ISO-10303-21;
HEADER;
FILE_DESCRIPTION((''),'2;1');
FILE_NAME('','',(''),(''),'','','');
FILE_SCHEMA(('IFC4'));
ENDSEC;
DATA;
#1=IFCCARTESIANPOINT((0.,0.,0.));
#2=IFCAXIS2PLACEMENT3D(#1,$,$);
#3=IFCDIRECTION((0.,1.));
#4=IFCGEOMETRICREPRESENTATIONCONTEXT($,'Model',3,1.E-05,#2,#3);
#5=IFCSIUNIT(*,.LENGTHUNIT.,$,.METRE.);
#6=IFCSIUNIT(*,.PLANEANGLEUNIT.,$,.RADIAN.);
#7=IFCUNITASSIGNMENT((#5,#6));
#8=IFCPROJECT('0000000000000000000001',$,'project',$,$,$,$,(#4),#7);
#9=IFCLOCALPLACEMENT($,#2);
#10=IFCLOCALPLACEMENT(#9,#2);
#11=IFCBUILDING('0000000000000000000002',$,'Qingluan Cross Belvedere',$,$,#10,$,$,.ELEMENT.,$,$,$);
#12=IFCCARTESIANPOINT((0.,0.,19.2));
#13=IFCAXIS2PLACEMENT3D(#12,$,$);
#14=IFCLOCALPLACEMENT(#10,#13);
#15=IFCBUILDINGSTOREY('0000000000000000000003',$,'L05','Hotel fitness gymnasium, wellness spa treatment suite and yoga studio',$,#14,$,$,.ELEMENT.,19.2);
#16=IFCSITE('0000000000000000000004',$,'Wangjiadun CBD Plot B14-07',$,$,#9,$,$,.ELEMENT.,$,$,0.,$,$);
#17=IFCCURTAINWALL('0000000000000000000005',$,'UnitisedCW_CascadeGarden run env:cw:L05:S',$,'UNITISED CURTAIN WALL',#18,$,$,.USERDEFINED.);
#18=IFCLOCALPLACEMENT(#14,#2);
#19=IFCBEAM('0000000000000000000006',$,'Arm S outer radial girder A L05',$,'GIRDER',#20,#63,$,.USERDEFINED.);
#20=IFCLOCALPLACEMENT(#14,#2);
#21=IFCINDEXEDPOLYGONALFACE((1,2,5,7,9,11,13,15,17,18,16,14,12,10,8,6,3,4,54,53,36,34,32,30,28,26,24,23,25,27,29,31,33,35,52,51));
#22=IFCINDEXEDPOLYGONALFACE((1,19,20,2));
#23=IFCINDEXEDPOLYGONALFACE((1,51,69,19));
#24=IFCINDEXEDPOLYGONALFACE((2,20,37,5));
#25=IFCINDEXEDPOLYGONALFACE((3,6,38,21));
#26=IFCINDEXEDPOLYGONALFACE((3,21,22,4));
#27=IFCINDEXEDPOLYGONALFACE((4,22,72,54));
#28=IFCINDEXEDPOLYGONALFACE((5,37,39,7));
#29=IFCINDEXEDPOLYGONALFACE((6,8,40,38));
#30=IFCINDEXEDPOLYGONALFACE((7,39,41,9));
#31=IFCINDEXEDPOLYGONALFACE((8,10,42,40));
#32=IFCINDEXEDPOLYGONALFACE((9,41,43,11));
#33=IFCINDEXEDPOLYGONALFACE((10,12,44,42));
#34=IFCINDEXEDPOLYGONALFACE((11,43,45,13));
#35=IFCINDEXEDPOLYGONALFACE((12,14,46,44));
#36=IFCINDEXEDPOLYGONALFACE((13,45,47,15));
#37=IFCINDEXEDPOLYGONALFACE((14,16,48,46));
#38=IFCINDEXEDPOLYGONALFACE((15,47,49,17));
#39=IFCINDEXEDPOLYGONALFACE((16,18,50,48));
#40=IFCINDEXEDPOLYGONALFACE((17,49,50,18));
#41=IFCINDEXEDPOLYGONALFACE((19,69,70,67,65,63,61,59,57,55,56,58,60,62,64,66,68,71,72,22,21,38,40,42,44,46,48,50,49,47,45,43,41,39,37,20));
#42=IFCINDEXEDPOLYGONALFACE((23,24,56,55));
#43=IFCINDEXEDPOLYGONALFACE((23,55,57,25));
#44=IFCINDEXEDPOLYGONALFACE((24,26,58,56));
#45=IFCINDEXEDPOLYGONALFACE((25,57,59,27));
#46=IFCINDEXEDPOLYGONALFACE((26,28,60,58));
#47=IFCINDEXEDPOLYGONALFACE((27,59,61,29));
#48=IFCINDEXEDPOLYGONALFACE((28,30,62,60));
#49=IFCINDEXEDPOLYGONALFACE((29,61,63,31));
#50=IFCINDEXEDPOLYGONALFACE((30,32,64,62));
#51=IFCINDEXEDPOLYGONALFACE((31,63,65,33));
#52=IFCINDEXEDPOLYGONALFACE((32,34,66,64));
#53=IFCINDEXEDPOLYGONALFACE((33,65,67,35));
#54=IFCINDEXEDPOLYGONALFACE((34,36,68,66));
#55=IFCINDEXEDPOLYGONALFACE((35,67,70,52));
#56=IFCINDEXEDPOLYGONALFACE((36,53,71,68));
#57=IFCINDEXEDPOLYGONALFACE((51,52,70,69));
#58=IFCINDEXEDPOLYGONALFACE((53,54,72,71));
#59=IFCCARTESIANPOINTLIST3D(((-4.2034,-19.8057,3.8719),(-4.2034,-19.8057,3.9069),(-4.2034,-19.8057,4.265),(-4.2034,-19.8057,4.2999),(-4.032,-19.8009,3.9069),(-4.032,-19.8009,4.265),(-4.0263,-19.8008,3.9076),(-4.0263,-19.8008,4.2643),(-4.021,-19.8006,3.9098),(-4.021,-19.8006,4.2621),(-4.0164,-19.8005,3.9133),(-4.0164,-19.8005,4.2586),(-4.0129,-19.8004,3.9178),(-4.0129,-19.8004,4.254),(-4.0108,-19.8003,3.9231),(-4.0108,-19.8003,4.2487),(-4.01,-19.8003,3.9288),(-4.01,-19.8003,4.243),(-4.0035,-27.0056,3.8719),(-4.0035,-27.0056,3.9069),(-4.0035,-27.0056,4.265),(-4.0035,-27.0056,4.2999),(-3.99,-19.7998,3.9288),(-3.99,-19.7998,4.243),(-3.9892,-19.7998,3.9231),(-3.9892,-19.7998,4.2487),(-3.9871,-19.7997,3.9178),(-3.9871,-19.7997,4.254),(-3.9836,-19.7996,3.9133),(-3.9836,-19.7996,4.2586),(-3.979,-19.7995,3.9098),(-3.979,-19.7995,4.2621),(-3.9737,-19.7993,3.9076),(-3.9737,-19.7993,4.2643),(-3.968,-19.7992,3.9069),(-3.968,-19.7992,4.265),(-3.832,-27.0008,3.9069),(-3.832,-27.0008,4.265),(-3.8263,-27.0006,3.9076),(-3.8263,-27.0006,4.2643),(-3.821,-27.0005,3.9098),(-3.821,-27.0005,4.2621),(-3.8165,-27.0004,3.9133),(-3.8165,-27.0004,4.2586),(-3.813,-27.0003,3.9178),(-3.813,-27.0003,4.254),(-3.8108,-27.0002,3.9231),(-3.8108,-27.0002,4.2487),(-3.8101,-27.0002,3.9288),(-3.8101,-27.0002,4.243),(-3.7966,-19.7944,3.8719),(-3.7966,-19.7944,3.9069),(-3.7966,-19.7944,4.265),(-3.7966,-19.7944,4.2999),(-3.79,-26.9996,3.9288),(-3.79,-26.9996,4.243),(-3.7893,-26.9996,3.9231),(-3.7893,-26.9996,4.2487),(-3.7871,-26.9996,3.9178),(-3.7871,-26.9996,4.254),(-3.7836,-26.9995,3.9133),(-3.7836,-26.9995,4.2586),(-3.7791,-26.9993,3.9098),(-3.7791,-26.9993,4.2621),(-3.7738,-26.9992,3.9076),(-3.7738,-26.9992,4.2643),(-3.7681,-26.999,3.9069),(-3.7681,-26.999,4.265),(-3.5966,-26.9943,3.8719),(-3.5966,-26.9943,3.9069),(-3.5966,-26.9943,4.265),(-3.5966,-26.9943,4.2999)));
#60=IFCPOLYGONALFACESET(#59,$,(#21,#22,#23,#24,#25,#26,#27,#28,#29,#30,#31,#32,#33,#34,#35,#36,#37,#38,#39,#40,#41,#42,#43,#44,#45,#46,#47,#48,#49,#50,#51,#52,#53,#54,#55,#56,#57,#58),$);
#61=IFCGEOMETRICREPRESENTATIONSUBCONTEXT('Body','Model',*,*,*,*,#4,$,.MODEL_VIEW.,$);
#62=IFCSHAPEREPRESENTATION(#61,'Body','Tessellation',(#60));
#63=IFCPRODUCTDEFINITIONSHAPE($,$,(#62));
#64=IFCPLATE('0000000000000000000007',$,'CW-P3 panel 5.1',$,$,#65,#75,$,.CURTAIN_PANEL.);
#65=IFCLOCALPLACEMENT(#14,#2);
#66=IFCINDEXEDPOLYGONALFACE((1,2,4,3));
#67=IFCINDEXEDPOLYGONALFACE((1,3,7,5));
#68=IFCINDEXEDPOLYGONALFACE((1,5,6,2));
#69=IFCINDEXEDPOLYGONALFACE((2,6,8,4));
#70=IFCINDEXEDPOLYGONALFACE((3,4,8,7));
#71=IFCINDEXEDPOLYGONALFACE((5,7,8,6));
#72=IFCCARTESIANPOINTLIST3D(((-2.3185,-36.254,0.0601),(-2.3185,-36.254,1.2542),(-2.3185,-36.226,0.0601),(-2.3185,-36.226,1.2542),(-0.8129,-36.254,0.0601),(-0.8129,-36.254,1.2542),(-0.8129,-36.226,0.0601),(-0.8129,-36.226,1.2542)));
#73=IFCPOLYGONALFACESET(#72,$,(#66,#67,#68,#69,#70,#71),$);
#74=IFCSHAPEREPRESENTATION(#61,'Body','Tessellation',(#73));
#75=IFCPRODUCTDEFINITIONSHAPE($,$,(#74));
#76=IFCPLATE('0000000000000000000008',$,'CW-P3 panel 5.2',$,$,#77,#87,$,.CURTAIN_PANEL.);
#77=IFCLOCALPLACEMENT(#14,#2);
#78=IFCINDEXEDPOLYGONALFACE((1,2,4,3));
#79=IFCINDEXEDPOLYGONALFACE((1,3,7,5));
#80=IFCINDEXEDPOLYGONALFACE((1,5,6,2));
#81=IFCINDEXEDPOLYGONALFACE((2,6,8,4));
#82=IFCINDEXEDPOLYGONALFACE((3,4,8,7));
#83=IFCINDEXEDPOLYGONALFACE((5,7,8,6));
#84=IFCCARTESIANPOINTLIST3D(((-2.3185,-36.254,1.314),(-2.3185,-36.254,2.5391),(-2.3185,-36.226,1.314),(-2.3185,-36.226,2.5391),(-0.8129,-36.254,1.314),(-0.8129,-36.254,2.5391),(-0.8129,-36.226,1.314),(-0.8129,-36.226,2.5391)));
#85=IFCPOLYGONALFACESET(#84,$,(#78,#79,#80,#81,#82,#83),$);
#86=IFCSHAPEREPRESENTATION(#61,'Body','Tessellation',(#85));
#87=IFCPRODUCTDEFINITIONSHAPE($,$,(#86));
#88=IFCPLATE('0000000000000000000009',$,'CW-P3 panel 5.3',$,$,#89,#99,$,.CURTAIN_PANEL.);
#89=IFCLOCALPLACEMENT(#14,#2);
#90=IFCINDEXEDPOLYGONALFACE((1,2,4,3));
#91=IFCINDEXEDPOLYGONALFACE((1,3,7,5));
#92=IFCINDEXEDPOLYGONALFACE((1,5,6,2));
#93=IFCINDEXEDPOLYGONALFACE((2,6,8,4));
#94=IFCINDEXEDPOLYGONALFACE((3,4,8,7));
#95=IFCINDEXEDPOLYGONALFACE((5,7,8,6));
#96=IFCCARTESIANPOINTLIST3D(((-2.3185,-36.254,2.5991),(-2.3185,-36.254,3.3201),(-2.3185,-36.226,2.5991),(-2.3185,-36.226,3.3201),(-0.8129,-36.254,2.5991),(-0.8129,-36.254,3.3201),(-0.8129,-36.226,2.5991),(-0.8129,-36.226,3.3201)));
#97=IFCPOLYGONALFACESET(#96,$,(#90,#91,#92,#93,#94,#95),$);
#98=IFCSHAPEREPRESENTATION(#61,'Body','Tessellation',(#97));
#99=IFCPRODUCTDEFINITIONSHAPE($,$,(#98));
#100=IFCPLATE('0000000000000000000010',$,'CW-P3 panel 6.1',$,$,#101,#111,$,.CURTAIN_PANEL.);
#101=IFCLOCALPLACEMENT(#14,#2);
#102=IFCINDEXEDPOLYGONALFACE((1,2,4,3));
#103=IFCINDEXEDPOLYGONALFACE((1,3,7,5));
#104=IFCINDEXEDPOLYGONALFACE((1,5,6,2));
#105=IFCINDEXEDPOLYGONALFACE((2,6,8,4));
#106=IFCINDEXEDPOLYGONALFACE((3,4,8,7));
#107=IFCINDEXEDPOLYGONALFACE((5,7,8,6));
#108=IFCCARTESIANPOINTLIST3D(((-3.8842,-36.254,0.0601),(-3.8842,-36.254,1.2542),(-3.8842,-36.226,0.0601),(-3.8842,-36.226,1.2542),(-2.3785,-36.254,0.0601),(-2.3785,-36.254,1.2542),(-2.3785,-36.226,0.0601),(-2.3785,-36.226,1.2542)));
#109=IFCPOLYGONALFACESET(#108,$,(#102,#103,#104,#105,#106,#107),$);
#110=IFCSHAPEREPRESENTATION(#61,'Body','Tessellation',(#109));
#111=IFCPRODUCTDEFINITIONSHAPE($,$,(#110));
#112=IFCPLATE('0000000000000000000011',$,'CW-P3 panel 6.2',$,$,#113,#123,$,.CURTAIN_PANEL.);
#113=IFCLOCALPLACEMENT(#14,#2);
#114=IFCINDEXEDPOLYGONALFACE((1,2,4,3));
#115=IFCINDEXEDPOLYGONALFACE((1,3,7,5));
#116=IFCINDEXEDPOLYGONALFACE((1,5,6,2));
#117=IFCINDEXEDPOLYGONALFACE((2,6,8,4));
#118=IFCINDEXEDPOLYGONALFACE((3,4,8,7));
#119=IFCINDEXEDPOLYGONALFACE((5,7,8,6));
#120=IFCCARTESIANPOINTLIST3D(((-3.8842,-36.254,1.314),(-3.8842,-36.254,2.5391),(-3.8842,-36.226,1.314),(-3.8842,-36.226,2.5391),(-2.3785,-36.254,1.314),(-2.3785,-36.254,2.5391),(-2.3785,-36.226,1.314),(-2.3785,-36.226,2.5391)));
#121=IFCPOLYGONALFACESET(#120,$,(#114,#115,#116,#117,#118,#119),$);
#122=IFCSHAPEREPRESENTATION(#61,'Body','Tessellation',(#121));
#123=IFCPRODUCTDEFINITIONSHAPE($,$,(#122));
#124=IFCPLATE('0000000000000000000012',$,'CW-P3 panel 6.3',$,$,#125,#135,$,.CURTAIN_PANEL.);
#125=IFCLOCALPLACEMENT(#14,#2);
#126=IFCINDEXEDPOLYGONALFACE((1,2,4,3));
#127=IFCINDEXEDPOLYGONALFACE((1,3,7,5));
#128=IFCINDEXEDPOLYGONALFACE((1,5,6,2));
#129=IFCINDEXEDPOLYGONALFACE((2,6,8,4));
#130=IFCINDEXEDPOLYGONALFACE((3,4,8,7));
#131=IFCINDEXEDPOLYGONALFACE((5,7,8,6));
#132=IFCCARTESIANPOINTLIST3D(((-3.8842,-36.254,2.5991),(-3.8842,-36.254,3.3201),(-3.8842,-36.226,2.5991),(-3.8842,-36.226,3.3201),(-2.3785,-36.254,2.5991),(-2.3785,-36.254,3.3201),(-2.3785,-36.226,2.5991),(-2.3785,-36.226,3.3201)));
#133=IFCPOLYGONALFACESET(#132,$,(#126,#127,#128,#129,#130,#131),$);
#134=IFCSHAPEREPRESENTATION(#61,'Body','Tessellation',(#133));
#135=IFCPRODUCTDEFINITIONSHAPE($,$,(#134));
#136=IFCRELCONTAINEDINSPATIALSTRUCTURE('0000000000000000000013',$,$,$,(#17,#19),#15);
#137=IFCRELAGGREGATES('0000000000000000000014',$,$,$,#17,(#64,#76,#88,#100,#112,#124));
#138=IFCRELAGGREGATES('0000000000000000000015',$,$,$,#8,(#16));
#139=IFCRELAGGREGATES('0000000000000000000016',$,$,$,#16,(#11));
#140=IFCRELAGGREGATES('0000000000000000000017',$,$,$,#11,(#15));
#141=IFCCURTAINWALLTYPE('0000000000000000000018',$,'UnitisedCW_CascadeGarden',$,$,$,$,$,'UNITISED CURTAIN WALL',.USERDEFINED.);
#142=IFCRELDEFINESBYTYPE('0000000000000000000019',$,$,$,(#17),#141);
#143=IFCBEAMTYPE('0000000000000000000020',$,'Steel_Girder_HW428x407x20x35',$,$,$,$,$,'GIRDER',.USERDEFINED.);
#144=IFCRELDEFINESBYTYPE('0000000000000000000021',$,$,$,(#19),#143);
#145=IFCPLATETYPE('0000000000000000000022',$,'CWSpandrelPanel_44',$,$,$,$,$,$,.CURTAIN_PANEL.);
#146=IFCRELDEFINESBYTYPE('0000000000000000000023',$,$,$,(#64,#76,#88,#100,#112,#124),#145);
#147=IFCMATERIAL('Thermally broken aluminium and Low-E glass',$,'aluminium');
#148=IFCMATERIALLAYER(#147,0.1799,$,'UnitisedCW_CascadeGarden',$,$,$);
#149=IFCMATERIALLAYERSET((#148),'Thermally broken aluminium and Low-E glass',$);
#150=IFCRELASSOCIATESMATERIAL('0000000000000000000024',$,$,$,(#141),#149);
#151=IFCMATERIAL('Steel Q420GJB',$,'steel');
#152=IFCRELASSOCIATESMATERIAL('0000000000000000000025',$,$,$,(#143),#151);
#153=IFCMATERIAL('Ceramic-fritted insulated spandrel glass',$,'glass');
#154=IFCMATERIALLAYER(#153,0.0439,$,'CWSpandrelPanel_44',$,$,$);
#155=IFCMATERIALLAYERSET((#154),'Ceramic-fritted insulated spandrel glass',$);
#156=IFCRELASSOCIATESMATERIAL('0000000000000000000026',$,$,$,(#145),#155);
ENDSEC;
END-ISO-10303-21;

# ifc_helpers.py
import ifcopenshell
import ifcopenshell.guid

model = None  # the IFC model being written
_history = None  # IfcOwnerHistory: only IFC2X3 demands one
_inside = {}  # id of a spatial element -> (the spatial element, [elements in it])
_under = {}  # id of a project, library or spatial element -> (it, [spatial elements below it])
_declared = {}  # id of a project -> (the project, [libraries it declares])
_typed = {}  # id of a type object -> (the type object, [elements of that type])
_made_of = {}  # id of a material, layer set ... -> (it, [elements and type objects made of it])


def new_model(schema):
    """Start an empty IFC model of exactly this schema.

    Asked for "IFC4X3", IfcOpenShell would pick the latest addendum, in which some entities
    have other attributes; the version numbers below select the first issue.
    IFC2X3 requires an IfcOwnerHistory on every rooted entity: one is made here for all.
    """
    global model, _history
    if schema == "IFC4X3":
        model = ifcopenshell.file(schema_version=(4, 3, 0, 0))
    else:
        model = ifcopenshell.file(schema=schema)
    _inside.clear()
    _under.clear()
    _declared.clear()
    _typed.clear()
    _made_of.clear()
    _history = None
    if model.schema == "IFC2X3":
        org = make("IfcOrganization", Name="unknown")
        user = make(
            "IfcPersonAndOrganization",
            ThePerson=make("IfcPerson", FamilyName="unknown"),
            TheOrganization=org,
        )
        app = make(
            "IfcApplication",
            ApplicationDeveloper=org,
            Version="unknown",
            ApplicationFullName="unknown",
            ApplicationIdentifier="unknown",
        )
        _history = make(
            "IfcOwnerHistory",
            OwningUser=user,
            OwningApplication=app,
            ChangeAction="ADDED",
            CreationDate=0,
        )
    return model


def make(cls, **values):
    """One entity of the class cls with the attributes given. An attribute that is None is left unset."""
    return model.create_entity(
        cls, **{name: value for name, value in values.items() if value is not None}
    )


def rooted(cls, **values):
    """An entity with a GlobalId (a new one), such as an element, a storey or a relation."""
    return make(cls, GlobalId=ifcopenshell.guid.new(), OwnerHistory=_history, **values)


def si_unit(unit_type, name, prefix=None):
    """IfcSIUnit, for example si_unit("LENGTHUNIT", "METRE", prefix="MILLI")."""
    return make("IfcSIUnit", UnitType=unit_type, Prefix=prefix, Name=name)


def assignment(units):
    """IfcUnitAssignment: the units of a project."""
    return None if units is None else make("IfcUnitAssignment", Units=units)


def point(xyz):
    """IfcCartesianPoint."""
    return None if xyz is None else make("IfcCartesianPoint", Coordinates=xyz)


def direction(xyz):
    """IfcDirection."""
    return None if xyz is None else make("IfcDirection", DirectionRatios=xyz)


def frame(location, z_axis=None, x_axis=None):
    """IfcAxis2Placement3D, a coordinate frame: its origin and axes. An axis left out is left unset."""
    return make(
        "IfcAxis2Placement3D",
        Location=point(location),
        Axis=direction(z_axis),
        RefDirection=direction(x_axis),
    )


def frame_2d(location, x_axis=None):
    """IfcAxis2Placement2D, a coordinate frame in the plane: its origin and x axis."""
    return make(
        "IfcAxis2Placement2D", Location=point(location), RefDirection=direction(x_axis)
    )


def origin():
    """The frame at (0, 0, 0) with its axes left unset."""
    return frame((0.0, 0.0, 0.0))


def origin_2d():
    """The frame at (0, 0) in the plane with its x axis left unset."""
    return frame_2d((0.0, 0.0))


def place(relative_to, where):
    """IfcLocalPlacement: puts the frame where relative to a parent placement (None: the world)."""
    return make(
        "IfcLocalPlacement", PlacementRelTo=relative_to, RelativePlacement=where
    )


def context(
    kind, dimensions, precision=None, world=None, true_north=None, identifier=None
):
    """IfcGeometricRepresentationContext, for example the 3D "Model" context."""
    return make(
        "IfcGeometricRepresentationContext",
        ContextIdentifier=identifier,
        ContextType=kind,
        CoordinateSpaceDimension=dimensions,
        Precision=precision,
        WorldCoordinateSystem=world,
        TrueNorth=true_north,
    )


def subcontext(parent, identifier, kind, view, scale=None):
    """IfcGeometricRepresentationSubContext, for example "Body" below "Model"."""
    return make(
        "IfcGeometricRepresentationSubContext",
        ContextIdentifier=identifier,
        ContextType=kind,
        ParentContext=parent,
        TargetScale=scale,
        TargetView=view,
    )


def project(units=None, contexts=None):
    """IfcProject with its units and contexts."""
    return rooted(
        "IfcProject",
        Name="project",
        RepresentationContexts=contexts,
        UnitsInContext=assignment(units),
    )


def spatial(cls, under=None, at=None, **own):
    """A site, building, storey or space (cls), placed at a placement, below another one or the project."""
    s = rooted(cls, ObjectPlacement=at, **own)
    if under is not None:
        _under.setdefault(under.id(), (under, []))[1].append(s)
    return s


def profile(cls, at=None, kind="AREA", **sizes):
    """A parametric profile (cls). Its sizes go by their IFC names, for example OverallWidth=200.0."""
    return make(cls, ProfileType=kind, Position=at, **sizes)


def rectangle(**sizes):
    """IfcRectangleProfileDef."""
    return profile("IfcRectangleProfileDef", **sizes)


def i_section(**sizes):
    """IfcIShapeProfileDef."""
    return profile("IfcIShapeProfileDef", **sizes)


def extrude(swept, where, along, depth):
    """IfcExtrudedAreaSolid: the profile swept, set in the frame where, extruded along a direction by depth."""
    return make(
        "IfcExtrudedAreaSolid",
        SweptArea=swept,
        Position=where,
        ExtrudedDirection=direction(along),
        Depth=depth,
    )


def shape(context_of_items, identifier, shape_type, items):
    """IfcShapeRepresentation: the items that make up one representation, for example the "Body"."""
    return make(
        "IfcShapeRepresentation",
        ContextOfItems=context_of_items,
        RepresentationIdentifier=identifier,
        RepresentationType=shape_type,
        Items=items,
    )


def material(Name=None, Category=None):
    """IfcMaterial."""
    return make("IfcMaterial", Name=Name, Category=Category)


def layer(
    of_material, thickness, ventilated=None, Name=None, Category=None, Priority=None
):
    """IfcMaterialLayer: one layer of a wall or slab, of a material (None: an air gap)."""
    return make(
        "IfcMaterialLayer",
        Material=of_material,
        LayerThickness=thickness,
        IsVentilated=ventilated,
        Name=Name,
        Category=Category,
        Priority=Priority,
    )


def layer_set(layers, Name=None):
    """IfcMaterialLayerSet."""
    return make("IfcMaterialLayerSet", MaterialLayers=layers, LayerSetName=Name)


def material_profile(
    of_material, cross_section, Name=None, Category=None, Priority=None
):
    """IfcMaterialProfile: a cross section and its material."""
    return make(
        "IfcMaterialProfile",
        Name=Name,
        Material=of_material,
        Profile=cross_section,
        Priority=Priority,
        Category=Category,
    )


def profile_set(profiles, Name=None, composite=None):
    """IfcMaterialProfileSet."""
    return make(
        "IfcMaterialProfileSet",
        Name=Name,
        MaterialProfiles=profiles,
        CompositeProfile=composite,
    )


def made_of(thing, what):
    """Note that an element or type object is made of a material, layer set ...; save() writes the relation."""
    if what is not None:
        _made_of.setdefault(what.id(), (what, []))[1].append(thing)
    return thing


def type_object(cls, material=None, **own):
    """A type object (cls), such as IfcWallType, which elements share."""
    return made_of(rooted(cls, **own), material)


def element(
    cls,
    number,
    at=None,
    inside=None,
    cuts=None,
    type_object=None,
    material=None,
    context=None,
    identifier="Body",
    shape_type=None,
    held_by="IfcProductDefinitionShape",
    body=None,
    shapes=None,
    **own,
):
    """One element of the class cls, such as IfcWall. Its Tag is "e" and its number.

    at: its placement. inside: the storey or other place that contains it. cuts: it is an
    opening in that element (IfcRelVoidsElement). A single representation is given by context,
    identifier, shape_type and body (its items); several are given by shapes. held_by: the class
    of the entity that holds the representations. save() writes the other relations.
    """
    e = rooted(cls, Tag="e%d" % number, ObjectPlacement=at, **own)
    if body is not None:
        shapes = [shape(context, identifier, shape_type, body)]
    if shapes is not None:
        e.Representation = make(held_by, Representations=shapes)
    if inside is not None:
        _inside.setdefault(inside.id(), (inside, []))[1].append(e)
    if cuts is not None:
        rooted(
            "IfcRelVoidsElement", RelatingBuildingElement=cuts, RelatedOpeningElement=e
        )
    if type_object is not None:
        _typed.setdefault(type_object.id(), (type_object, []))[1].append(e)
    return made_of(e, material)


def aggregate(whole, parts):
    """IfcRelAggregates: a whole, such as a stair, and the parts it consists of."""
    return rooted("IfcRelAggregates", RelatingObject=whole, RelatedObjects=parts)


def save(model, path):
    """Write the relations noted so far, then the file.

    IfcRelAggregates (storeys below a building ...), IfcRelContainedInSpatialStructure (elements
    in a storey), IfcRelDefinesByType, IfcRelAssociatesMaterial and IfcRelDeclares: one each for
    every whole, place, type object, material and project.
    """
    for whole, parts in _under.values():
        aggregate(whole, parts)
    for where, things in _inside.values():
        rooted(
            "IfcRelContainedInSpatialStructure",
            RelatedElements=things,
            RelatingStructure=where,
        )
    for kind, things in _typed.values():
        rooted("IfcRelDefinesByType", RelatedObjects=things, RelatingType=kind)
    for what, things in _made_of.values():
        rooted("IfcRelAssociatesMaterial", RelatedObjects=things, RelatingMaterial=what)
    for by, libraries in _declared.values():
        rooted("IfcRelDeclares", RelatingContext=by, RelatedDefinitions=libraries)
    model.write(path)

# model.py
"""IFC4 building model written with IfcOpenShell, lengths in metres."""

from ifc_helpers import new_model, si_unit, direction, frame, origin, origin_2d, place, context, subcontext, project, spatial, rectangle, i_section, extrude, material, layer, layer_set, material_profile, profile_set, type_object, element, aggregate, save


model = new_model("IFC4")

# Units and contexts
model_context = context("Model", 3, precision=1e-05, world=origin(), true_north=direction((0.0, 1.0)))
body_context = subcontext(model_context, "Body", "Model", "MODEL_VIEW")
ifc_project = project(units=[si_unit("LENGTHUNIT", "METRE"), si_unit("PLANEANGLEUNIT", "RADIAN")], contexts=[model_context])

# Site, building, storey
site_placement = place(None, origin())
site = spatial("IfcSite", under=ifc_project, at=site_placement, Name="Wangjiadun CBD Plot B14-07", CompositionType="ELEMENT", RefElevation=0.0)
building_placement = place(site_placement, origin())
building = spatial("IfcBuilding", under=site, at=building_placement, Name="Qingluan Cross Belvedere", CompositionType="ELEMENT")
storey_placement = place(building_placement, frame((0.0, 0.0, 19.2)))
storey = spatial("IfcBuildingStorey", under=building, at=storey_placement, Name="L05", Description="Hotel fitness gymnasium, wellness spa treatment suite and yoga studio", CompositionType="ELEMENT", Elevation=19.2)

# Curtain wall
ifc_material_1 = material(Name="Thermally broken aluminium and Low-E glass", Category="aluminium")
ifc_layer_1 = layer(ifc_material_1, 0.1799, Name="UnitisedCW_CascadeGarden")
ifc_layer_set_1 = layer_set([ifc_layer_1], Name="Thermally broken aluminium and Low-E glass")
curtain_wall_type = type_object("IfcCurtainWallType", Name="UnitisedCW_CascadeGarden", ElementType="UNITISED CURTAIN WALL", PredefinedType="USERDEFINED", material=ifc_layer_set_1)
curtain_wall_placement = place(storey_placement, origin())
curtain_wall = element("IfcCurtainWall", 1, at=curtain_wall_placement, inside=storey, type_object=curtain_wall_type, Name="UnitisedCW_CascadeGarden run env:cw:L05:S", ObjectType="UNITISED CURTAIN WALL", PredefinedType="USERDEFINED")

# Beam
ifc_material_2 = material(Name="Steel Q420GJB", Category="steel")
ifc_material_profile_1 = material_profile(ifc_material_2, i_section(OverallWidth=0.407, OverallDepth=0.428, WebThickness=0.02, FlangeThickness=0.0349, FilletRadius=0.022, at=origin_2d()), Name="HW428x407x20x35")
ifc_profile_set_1 = profile_set([ifc_material_profile_1], Name="Steel Q420GJB")
beam_type_1 = type_object("IfcBeamType", Name="Steel_Girder_HW428x407x20x35", ElementType="GIRDER", PredefinedType="USERDEFINED", material=ifc_profile_set_1)
beam_1_placement = place(storey_placement, frame((-4.0, -19.8, 4.0859), z_axis=(0.02776, -0.999615, 0.0), x_axis=(0.999615, 0.02776, 0.0)))
element("IfcBeam", 2, at=beam_1_placement, inside=storey, type_object=beam_type_1, Name="Arm S outer radial girder A L05", ObjectType="GIRDER", PredefinedType="USERDEFINED", context=body_context, shape_type="SweptSolid", body=[
    extrude(i_section(OverallWidth=0.407, OverallDepth=0.428, WebThickness=0.02, FlangeThickness=0.0349, FilletRadius=0.022, at=origin_2d()), origin(), (0.0, 0.0, 1.0), 7.2026),
])

# Plates
ifc_material_3 = material(Name="Ceramic-fritted insulated spandrel glass", Category="glass")
ifc_layer_2 = layer(ifc_material_3, 0.0439, Name="CWSpandrelPanel_44")
ifc_layer_set_2 = layer_set([ifc_layer_2], Name="Ceramic-fritted insulated spandrel glass")
plate_type = type_object("IfcPlateType", Name="CWSpandrelPanel_44", PredefinedType="CURTAIN_PANEL", material=ifc_layer_set_2)
plate_1_placement = place(storey_placement, frame((-1.5657, -36.24, 0.0601), z_axis=(0.0, 0.0, 1.0), x_axis=(-1.0, 0.0, 0.0)))
plate_1 = element("IfcPlate", 3, at=plate_1_placement, type_object=plate_type, Name="CW-P3 panel 5.1", PredefinedType="CURTAIN_PANEL", context=body_context, shape_type="SweptSolid", body=[
    extrude(rectangle(XDim=1.5056, YDim=0.0281, at=origin_2d()), origin(), (0.0, 0.0, 1.0), 1.1941),
])
plate_2_placement = place(storey_placement, frame((-1.5657, -36.24, 1.314), z_axis=(0.0, 0.0, 1.0), x_axis=(-1.0, 0.0, 0.0)))
plate_2 = element("IfcPlate", 4, at=plate_2_placement, type_object=plate_type, Name="CW-P3 panel 5.2", PredefinedType="CURTAIN_PANEL", context=body_context, shape_type="SweptSolid", body=[
    extrude(rectangle(XDim=1.5056, YDim=0.0281, at=origin_2d()), origin(), (0.0, 0.0, 1.0), 1.2251),
])
plate_3_placement = place(storey_placement, frame((-1.5657, -36.24, 2.5991), z_axis=(0.0, 0.0, 1.0), x_axis=(-1.0, 0.0, 0.0)))
plate_3 = element("IfcPlate", 5, at=plate_3_placement, type_object=plate_type, Name="CW-P3 panel 5.3", PredefinedType="CURTAIN_PANEL", context=body_context, shape_type="SweptSolid", body=[
    extrude(rectangle(XDim=1.5056, YDim=0.0281, at=origin_2d()), origin(), (0.0, 0.0, 1.0), 0.7209),
])
plate_4_placement = place(storey_placement, frame((-3.1313, -36.24, 0.0601), z_axis=(0.0, 0.0, 1.0), x_axis=(-1.0, 0.0, 0.0)))
plate_4 = element("IfcPlate", 6, at=plate_4_placement, type_object=plate_type, Name="CW-P3 panel 6.1", PredefinedType="CURTAIN_PANEL", context=body_context, shape_type="SweptSolid", body=[
    extrude(rectangle(XDim=1.5056, YDim=0.0281, at=origin_2d()), origin(), (0.0, 0.0, 1.0), 1.1941),
])
plate_5_placement = place(storey_placement, frame((-3.1313, -36.24, 1.314), z_axis=(0.0, 0.0, 1.0), x_axis=(-1.0, 0.0, 0.0)))
plate_5 = element("IfcPlate", 7, at=plate_5_placement, type_object=plate_type, Name="CW-P3 panel 6.2", PredefinedType="CURTAIN_PANEL", context=body_context, shape_type="SweptSolid", body=[
    extrude(rectangle(XDim=1.5056, YDim=0.0281, at=origin_2d()), origin(), (0.0, 0.0, 1.0), 1.2251),
])
plate_6_placement = place(storey_placement, frame((-3.1313, -36.24, 2.5991), z_axis=(0.0, 0.0, 1.0), x_axis=(-1.0, 0.0, 0.0)))
plate_6 = element("IfcPlate", 8, at=plate_6_placement, type_object=plate_type, Name="CW-P3 panel 6.3", PredefinedType="CURTAIN_PANEL", context=body_context, shape_type="SweptSolid", body=[
    extrude(rectangle(XDim=1.5056, YDim=0.0281, at=origin_2d()), origin(), (0.0, 0.0, 1.0), 0.7209),
])
aggregate(curtain_wall, [plate_1, plate_2, plate_3, plate_4, plate_5, plate_6])

save(model, "model.ifc")
